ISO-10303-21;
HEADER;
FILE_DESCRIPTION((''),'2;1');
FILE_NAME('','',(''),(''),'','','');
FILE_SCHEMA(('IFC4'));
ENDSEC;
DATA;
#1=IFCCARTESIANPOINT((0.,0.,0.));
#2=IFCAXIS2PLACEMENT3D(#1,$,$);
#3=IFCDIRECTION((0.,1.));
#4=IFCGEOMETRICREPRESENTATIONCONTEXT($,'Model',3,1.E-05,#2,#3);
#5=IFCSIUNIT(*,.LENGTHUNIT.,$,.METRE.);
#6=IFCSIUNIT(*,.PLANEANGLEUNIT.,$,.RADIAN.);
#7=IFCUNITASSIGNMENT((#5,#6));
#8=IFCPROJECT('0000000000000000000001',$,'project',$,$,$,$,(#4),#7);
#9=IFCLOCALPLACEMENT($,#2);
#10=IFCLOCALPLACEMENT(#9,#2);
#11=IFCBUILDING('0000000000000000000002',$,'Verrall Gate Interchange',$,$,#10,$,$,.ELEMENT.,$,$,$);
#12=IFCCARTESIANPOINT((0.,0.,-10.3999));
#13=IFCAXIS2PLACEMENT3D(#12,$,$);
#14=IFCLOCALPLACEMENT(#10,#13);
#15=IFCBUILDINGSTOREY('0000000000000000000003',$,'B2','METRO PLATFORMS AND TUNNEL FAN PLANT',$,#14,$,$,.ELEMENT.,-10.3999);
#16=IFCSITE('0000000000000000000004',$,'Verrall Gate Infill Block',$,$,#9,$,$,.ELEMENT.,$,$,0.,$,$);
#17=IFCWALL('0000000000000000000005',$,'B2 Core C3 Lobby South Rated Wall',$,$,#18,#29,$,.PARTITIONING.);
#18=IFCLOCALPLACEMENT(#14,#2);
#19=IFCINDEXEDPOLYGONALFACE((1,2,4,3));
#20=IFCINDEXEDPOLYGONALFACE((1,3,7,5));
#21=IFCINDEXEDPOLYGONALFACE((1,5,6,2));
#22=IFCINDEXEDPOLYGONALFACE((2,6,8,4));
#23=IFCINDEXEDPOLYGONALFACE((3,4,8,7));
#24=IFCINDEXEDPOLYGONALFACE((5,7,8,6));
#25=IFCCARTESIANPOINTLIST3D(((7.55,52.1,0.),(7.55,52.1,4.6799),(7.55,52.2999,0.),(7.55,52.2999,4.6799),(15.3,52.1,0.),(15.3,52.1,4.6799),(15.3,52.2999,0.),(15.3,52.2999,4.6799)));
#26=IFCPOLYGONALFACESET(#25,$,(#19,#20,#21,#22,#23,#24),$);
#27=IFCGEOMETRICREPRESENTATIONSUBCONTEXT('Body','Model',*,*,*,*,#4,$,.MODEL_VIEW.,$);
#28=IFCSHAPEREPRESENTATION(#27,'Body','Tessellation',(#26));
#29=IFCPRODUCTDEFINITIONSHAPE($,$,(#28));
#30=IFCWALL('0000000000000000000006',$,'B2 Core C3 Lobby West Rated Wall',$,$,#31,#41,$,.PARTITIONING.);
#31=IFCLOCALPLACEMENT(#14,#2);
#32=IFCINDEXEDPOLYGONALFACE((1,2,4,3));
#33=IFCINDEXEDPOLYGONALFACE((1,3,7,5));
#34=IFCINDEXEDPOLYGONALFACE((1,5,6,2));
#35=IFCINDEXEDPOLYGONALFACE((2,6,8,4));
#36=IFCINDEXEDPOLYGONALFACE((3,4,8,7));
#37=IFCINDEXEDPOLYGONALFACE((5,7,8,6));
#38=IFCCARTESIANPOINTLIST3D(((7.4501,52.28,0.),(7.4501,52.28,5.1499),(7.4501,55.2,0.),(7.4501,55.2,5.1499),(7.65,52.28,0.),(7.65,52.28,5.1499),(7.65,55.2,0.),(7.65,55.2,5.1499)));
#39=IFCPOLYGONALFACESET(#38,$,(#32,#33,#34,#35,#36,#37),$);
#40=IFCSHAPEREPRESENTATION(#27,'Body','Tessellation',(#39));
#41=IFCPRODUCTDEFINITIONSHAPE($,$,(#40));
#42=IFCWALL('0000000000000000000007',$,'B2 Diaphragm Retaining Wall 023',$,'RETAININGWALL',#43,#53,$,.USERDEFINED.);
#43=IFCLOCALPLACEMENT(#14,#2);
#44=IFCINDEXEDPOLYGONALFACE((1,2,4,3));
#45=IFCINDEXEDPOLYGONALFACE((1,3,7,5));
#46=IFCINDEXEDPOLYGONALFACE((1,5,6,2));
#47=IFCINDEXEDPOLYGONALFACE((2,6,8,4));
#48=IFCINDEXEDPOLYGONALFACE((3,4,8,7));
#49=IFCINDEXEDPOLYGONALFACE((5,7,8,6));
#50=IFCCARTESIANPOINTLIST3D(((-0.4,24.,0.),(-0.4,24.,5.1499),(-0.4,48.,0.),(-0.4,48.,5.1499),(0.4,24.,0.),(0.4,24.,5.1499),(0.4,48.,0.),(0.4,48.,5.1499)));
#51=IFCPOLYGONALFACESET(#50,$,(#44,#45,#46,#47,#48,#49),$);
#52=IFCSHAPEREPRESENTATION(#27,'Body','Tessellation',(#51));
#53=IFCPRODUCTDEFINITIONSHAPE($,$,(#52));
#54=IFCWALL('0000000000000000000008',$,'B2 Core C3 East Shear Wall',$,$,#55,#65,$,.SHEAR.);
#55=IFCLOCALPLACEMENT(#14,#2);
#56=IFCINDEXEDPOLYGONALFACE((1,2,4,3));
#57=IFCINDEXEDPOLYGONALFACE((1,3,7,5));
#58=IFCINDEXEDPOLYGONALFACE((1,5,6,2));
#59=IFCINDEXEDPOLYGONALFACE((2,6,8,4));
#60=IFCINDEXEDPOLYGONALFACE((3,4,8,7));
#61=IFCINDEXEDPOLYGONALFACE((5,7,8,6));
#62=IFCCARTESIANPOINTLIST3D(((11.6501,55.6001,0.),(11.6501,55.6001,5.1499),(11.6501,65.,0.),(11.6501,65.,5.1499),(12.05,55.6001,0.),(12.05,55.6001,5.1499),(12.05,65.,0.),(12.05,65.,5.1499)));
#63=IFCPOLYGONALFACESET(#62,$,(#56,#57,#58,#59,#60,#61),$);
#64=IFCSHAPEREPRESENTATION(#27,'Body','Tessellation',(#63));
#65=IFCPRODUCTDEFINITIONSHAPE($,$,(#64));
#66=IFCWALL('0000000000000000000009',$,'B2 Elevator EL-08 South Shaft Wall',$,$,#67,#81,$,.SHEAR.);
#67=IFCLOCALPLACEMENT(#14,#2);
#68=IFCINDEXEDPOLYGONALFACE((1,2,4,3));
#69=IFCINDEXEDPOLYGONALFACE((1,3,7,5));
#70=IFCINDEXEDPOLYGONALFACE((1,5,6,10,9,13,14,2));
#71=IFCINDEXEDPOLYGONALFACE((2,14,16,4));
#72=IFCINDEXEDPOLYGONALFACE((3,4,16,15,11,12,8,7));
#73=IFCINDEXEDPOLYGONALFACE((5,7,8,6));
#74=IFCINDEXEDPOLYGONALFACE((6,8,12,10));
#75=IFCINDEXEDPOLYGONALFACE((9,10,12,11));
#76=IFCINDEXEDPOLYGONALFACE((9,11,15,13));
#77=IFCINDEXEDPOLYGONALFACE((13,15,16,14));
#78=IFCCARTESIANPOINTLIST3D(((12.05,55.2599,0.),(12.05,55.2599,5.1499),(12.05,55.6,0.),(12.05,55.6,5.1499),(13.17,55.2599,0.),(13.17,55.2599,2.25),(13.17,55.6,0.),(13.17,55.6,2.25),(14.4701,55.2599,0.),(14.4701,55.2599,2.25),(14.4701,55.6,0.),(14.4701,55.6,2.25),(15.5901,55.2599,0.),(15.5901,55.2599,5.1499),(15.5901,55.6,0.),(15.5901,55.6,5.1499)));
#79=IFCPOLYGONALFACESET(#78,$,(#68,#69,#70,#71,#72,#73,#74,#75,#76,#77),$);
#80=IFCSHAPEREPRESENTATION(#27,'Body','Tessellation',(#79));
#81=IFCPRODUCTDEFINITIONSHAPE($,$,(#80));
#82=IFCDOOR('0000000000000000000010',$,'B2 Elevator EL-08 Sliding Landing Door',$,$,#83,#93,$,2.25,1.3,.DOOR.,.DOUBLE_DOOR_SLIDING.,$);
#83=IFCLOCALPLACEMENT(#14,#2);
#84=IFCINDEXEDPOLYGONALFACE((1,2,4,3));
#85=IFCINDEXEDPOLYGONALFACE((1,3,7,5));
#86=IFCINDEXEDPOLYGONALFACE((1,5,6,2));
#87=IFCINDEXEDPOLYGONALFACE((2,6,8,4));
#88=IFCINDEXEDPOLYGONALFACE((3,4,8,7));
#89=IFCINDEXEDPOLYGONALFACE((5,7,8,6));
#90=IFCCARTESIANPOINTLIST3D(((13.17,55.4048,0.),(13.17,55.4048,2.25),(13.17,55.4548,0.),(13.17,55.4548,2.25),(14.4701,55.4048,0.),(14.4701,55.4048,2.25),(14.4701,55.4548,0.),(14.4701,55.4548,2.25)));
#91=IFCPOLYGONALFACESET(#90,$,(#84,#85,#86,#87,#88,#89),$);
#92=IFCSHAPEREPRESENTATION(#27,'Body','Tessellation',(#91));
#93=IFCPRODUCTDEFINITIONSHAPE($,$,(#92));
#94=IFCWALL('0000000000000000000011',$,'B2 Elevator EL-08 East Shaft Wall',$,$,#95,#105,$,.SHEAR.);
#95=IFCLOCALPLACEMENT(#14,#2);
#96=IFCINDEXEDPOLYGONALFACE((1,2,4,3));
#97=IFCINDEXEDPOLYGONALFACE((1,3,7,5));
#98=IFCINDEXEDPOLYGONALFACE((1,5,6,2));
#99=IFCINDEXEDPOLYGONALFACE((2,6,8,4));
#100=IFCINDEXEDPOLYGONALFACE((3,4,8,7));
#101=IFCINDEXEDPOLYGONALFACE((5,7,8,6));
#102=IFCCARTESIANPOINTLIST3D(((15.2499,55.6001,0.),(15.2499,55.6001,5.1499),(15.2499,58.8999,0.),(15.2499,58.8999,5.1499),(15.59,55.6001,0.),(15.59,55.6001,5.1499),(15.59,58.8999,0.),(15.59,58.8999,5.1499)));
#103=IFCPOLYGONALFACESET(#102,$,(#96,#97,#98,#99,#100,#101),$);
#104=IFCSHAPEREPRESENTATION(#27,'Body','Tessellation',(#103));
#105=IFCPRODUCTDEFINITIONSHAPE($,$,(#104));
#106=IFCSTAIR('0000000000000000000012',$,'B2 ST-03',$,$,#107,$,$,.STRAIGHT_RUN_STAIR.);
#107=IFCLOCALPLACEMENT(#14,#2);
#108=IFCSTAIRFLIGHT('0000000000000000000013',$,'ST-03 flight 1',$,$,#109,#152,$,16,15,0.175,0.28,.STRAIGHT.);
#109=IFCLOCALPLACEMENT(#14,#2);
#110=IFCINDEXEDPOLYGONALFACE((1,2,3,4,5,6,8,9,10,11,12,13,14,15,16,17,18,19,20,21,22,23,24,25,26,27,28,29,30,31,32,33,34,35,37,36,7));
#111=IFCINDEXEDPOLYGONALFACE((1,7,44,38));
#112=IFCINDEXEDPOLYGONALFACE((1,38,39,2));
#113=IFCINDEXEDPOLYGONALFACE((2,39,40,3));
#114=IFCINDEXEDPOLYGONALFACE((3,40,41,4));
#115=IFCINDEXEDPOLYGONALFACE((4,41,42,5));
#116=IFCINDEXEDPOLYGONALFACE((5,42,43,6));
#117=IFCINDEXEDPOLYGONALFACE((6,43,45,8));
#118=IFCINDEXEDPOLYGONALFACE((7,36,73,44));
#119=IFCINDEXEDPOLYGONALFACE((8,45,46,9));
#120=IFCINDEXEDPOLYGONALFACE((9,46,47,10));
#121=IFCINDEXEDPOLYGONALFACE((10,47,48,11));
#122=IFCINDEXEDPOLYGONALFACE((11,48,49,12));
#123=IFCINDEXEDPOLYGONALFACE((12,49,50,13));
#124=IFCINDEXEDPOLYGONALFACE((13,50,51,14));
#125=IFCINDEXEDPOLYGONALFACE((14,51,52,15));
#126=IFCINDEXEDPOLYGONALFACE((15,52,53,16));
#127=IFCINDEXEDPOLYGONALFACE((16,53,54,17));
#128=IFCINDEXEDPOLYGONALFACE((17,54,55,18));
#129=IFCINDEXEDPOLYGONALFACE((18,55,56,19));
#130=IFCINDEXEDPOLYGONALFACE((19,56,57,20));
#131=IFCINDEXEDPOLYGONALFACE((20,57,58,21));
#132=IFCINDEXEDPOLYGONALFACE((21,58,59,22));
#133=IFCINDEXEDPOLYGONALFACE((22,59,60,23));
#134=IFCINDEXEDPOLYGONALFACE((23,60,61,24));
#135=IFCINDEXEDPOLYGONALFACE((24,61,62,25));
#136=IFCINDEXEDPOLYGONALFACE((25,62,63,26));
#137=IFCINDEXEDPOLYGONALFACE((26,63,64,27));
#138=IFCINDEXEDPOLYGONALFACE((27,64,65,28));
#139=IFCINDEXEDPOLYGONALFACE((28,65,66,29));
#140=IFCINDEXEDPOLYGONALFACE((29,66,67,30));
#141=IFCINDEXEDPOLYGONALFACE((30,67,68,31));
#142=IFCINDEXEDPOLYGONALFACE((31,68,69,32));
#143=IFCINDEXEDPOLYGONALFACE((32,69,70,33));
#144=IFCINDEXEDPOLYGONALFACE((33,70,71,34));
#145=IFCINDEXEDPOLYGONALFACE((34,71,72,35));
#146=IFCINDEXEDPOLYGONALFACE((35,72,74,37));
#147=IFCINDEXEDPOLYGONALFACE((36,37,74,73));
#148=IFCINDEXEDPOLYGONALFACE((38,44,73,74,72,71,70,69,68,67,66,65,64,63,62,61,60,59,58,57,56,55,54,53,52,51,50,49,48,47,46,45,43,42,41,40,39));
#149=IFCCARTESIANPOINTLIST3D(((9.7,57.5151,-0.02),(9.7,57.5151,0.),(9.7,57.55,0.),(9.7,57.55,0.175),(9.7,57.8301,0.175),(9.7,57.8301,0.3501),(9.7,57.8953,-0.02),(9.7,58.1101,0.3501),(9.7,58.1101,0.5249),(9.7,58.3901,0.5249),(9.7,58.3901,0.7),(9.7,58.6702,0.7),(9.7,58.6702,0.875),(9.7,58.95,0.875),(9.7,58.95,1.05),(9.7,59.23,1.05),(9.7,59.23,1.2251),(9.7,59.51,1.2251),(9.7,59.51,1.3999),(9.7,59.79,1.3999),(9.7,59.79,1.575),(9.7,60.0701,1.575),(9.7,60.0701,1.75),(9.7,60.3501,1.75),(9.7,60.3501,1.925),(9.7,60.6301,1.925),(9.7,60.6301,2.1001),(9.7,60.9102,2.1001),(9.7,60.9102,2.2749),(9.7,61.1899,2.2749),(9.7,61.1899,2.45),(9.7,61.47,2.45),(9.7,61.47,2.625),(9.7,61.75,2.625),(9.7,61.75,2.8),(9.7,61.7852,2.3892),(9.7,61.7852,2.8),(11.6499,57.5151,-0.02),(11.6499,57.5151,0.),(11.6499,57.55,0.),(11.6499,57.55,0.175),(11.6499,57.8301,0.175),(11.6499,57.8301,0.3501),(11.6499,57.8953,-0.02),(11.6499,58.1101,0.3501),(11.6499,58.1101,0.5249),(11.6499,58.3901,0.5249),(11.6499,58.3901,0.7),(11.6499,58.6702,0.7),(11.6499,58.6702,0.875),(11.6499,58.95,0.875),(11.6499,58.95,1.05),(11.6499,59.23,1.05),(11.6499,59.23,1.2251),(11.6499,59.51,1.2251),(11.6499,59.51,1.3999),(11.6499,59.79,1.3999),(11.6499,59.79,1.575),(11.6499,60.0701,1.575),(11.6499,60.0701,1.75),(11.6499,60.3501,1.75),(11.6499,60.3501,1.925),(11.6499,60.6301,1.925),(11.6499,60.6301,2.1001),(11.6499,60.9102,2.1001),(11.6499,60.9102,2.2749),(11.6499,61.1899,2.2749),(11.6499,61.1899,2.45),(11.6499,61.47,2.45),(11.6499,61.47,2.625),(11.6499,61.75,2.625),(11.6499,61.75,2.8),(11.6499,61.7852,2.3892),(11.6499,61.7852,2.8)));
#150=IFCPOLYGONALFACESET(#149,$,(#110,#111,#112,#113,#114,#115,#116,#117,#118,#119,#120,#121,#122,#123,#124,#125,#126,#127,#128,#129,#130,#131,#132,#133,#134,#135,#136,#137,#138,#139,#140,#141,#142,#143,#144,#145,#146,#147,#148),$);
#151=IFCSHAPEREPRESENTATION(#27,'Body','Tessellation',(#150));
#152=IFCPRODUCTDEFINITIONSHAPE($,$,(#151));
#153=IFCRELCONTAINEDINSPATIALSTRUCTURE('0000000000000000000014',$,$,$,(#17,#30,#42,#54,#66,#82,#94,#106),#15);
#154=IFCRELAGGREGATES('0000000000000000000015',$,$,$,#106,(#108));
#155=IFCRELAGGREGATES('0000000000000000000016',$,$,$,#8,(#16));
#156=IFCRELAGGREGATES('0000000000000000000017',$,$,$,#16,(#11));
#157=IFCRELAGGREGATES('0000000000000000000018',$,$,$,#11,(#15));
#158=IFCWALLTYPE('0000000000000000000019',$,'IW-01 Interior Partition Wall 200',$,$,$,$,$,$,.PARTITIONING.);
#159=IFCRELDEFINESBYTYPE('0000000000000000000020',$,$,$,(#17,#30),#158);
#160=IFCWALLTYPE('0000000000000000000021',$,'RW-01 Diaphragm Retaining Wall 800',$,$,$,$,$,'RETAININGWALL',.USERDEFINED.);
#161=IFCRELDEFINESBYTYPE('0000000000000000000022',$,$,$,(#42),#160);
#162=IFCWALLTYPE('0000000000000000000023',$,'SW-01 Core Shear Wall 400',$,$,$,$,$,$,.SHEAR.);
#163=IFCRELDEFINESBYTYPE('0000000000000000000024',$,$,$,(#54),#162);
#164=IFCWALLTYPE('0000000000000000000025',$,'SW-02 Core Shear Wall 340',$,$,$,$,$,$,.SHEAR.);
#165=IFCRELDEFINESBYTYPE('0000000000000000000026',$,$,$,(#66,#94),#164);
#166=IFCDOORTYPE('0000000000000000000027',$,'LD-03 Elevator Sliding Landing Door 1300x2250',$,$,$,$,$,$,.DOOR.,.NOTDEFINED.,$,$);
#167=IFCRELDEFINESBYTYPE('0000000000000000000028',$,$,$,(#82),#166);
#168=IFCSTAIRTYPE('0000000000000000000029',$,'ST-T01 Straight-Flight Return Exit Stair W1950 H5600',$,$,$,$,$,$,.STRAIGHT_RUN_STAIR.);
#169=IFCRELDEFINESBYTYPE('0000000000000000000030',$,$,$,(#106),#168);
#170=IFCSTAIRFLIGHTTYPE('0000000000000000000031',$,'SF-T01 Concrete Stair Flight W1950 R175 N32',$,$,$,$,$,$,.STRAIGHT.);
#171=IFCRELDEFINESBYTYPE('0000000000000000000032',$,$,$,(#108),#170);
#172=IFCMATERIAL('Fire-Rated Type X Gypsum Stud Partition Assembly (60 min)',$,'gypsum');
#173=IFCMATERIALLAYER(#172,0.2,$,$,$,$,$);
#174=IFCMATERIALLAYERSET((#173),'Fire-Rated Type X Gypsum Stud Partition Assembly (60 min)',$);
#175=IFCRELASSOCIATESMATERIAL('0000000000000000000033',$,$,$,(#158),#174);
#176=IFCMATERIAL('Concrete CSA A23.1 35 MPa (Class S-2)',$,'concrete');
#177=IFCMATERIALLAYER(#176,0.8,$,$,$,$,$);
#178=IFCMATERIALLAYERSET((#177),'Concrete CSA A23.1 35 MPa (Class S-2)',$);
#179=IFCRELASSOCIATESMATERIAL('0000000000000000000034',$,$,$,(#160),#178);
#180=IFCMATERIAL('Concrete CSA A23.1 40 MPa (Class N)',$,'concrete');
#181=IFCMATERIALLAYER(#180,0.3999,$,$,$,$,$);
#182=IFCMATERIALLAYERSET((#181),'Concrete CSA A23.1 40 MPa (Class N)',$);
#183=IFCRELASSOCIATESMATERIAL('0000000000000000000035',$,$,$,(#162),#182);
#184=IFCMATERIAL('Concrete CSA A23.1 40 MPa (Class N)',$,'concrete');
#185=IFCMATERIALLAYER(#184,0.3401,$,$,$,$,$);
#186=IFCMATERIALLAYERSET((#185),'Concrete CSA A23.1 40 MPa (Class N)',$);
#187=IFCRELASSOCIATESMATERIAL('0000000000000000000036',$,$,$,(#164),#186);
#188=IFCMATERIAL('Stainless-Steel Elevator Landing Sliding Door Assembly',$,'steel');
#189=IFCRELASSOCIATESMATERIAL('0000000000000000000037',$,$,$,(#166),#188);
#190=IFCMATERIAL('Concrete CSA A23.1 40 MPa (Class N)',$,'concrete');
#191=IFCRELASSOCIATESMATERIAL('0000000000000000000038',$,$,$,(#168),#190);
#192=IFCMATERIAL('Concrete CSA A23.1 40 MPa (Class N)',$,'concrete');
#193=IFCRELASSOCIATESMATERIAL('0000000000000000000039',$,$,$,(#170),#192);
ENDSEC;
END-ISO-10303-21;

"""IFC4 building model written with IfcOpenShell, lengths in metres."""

from ifc_helpers import new_model, si_unit, direction, frame, frame_2d, origin, place, context, subcontext, project, spatial, polyline, rectangle, outline, extrude, material, layer, layer_set, type_object, element, fill, aggregate, save


model = new_model("IFC4")

# Units and contexts
model_context = context("Model", 3, precision=1e-05, world=origin(), true_north=direction((0.0, 1.0)))
body_context = subcontext(model_context, "Body", "Model", "MODEL_VIEW")
ifc_project = project(units=[si_unit("LENGTHUNIT", "METRE"), si_unit("PLANEANGLEUNIT", "RADIAN")], contexts=[model_context])

# Site, building, storey
site_placement = place(None, origin())
site = spatial("IfcSite", under=ifc_project, at=site_placement, Name="Verrall Gate Infill Block", CompositionType="ELEMENT", RefElevation=0.0)
building_placement = place(site_placement, origin())
building = spatial("IfcBuilding", under=site, at=building_placement, Name="Verrall Gate Interchange", CompositionType="ELEMENT")
storey_placement = place(building_placement, frame((0.0, 0.0, -10.3999)))
storey = spatial("IfcBuildingStorey", under=building, at=storey_placement, Name="B2", Description="METRO PLATFORMS AND TUNNEL FAN PLANT", CompositionType="ELEMENT", Elevation=-10.3999)

# Walls
ifc_material_1 = material(Name="Fire-Rated Type X Gypsum Stud Partition Assembly (60 min)", Category="gypsum")
ifc_layer_1 = layer(ifc_material_1, 0.2)
ifc_layer_set_1 = layer_set([ifc_layer_1], Name="Fire-Rated Type X Gypsum Stud Partition Assembly (60 min)")
wall_type_1 = type_object("IfcWallType", Name="IW-01 Interior Partition Wall 200", PredefinedType="PARTITIONING", material=ifc_layer_set_1)
wall_1_placement = place(storey_placement, frame((7.55, 52.2, 0.0), z_axis=(0.0, 0.0, 1.0), x_axis=(1.0, 0.0, 0.0)))
element("IfcWall", 1, at=wall_1_placement, inside=storey, type_object=wall_type_1, Name="B2 Core C3 Lobby South Rated Wall", PredefinedType="PARTITIONING", context=body_context, shape_type="SweptSolid", body=[
    extrude(rectangle(XDim=7.75, YDim=0.2, at=frame_2d((3.875, 0.0))), origin(), (0.0, 0.0, 1.0), 4.6799),
])
wall_2_placement = place(storey_placement, frame((7.55, 55.2, 0.0), z_axis=(0.0, 0.0, 1.0), x_axis=(0.0, -1.0, 0.0)))
element("IfcWall", 2, at=wall_2_placement, inside=storey, type_object=wall_type_1, Name="B2 Core C3 Lobby West Rated Wall", PredefinedType="PARTITIONING", context=body_context, shape_type="SweptSolid", body=[
    extrude(rectangle(XDim=2.9199, YDim=0.2, at=frame_2d((1.46, 0.0))), origin(), (0.0, 0.0, 1.0), 5.1499),
])

# Wall
ifc_material_2 = material(Name="Concrete CSA A23.1 35 MPa (Class S-2)", Category="concrete")
ifc_layer_2 = layer(ifc_material_2, 0.8)
ifc_layer_set_2 = layer_set([ifc_layer_2], Name="Concrete CSA A23.1 35 MPa (Class S-2)")
wall_type_2 = type_object("IfcWallType", Name="RW-01 Diaphragm Retaining Wall 800", ElementType="RETAININGWALL", PredefinedType="USERDEFINED", material=ifc_layer_set_2)
wall_3_placement = place(storey_placement, frame((0.0, 48.0, 0.0), z_axis=(0.0, 0.0, 1.0), x_axis=(0.0, -1.0, 0.0)))
element("IfcWall", 3, at=wall_3_placement, inside=storey, type_object=wall_type_2, Name="B2 Diaphragm Retaining Wall 023", ObjectType="RETAININGWALL", PredefinedType="USERDEFINED", context=body_context, shape_type="SweptSolid", body=[
    extrude(rectangle(XDim=24.0, YDim=0.8, at=frame_2d((12.0, 0.0))), origin(), (0.0, 0.0, 1.0), 5.1499),
])

# Shared definitions
ifc_material_3 = material(Name="Concrete CSA A23.1 40 MPa (Class N)", Category="concrete")
ifc_layer_3 = layer(ifc_material_3, 0.3999)
ifc_layer_set_3 = layer_set([ifc_layer_3], Name="Concrete CSA A23.1 40 MPa (Class N)")
wall_type_3 = type_object("IfcWallType", Name="SW-01 Core Shear Wall 400", PredefinedType="SHEAR", material=ifc_layer_set_3)

# Wall
wall_4_placement = place(storey_placement, frame((11.8501, 55.6001, 0.0), z_axis=(0.0, 0.0, 1.0), x_axis=(0.0, 1.0, 0.0)))
element("IfcWall", 4, at=wall_4_placement, inside=storey, type_object=wall_type_3, Name="B2 Core C3 East Shear Wall", PredefinedType="SHEAR", context=body_context, shape_type="SweptSolid", body=[
    extrude(rectangle(XDim=9.3999, YDim=0.3999, at=frame_2d((4.7, 0.0))), origin(), (0.0, 0.0, 1.0), 5.1499),
])

# Wall, opening, door
ifc_material_4 = material(Name="Concrete CSA A23.1 40 MPa (Class N)", Category="concrete")
ifc_layer_4 = layer(ifc_material_4, 0.3401)
ifc_layer_set_4 = layer_set([ifc_layer_4], Name="Concrete CSA A23.1 40 MPa (Class N)")
wall_type_4 = type_object("IfcWallType", Name="SW-02 Core Shear Wall 340", PredefinedType="SHEAR", material=ifc_layer_set_4)
wall_5_placement = place(storey_placement, frame((12.05, 55.4299, 0.0), z_axis=(0.0, 0.0, 1.0), x_axis=(1.0, 0.0, 0.0)))
wall_5 = element("IfcWall", 5, at=wall_5_placement, inside=storey, type_object=wall_type_4, Name="B2 Elevator EL-08 South Shaft Wall", PredefinedType="SHEAR", context=body_context, shape_type="SweptSolid", body=[
    extrude(rectangle(XDim=3.54, YDim=0.3401, at=frame_2d((1.77, 0.0))), origin(), (0.0, 0.0, 1.0), 5.1499),
])
opening_1_placement = place(wall_5_placement, frame((1.1201, 0.0, 0.0)))
opening_1 = element("IfcOpeningElement", 6, at=opening_1_placement, cuts=wall_5, PredefinedType="OPENING", context=body_context, shape_type="SweptSolid", body=[
    extrude(rectangle(XDim=1.3, YDim=2.25, at=frame_2d((0.6499, 1.125))), frame((0.0, 0.1851, 0.0), z_axis=(0.0, -1.0, 0.0), x_axis=(1.0, 0.0, 0.0)), (0.0, 0.0, 1.0), 0.3699),
])
ifc_material_5 = material(Name="Stainless-Steel Elevator Landing Sliding Door Assembly", Category="steel")
door_type_1 = type_object("IfcDoorType", Name="LD-03 Elevator Sliding Landing Door 1300x2250", OperationType="NOTDEFINED", PredefinedType="DOOR", material=ifc_material_5)
door_1_placement = place(opening_1_placement, origin())
door_1 = element("IfcDoor", 7, at=door_1_placement, inside=storey, type_object=door_type_1, Name="B2 Elevator EL-08 Sliding Landing Door", OperationType="DOUBLE_DOOR_SLIDING", OverallHeight=2.25, OverallWidth=1.3, PredefinedType="DOOR", context=body_context, shape_type="SweptSolid", body=[
    extrude(rectangle(XDim=1.3, YDim=2.25, at=frame_2d((0.6499, 1.125))), frame((0.0, 0.0249, 0.0), z_axis=(0.0, -1.0, 0.0), x_axis=(1.0, 0.0, 0.0)), (0.0, 0.0, 1.0), 0.05),
])
fill(opening_1, door_1)

# Wall
wall_6_placement = place(storey_placement, frame((15.4199, 55.6001, 0.0), z_axis=(0.0, 0.0, 1.0), x_axis=(0.0, 1.0, 0.0)))
element("IfcWall", 8, at=wall_6_placement, inside=storey, type_object=wall_type_4, Name="B2 Elevator EL-08 East Shaft Wall", PredefinedType="SHEAR", context=body_context, shape_type="SweptSolid", body=[
    extrude(rectangle(XDim=3.2998, YDim=0.3401, at=frame_2d((1.6499, 0.0))), origin(), (0.0, 0.0, 1.0), 5.1499),
])

# Stair, stair flight
ifc_material_6 = material(Name="Concrete CSA A23.1 40 MPa (Class N)", Category="concrete")
stair_type = type_object("IfcStairType", Name="ST-T01 Straight-Flight Return Exit Stair W1950 H5600", PredefinedType="STRAIGHT_RUN_STAIR", material=ifc_material_6)
stair_placement = place(storey_placement, origin())
stair = element("IfcStair", 9, at=stair_placement, inside=storey, type_object=stair_type, Name="B2 ST-03", PredefinedType="STRAIGHT_RUN_STAIR")
ifc_material_7 = material(Name="Concrete CSA A23.1 40 MPa (Class N)", Category="concrete")
stair_flight_type = type_object("IfcStairFlightType", Name="SF-T01 Concrete Stair Flight W1950 R175 N32", PredefinedType="STRAIGHT", material=ifc_material_7)
stair_flight_placement = place(storey_placement, frame((10.675, 57.55, 0.0), z_axis=(0.0, 0.0, 1.0), x_axis=(0.0, 1.0, 0.0)))
stair_flight = element("IfcStairFlight", 10, at=stair_flight_placement, type_object=stair_flight_type, Name="ST-03 flight 1", NumberOfRisers=16, NumberOfTreads=15, PredefinedType="STRAIGHT", RiserHeight=0.175, TreadLength=0.28, context=body_context, shape_type="SweptSolid", body=[
    extrude(outline(polyline([(-0.0349, -0.02), (-0.0349, 0.0), (0.0, 0.0), (0.0, 0.175), (0.28, 0.175), (0.28, 0.3501), (0.5601, 0.3501), (0.5601, 0.5249), (0.8401, 0.5249), (0.8401, 0.7), (1.1201, 0.7), (1.1201, 0.875), (1.3999, 0.875), (1.3999, 1.05), (1.6799, 1.05), (1.6799, 1.2251), (1.96, 1.2251), (1.96, 1.3999), (2.24, 1.3999), (2.24, 1.575), (2.52, 1.575), (2.52, 1.75), (2.8, 1.75), (2.8, 1.925), (3.0801, 1.925), (3.0801, 2.1001), (3.3601, 2.1001), (3.3601, 2.2749), (3.6399, 2.2749), (3.6399, 2.45), (3.9199, 2.45), (3.9199, 2.625), (4.2, 2.625), (4.2, 2.8), (4.2351, 2.8), (4.2351, 2.3892), (0.3452, -0.02), (-0.0349, -0.02)])), frame((0.0, 0.9751, 0.0), z_axis=(0.0, -1.0, 0.0), x_axis=(1.0, 0.0, 0.0)), (0.0, 0.0, 1.0), 1.95),
])
aggregate(stair, [stair_flight])

save(model, "model.ifc")
